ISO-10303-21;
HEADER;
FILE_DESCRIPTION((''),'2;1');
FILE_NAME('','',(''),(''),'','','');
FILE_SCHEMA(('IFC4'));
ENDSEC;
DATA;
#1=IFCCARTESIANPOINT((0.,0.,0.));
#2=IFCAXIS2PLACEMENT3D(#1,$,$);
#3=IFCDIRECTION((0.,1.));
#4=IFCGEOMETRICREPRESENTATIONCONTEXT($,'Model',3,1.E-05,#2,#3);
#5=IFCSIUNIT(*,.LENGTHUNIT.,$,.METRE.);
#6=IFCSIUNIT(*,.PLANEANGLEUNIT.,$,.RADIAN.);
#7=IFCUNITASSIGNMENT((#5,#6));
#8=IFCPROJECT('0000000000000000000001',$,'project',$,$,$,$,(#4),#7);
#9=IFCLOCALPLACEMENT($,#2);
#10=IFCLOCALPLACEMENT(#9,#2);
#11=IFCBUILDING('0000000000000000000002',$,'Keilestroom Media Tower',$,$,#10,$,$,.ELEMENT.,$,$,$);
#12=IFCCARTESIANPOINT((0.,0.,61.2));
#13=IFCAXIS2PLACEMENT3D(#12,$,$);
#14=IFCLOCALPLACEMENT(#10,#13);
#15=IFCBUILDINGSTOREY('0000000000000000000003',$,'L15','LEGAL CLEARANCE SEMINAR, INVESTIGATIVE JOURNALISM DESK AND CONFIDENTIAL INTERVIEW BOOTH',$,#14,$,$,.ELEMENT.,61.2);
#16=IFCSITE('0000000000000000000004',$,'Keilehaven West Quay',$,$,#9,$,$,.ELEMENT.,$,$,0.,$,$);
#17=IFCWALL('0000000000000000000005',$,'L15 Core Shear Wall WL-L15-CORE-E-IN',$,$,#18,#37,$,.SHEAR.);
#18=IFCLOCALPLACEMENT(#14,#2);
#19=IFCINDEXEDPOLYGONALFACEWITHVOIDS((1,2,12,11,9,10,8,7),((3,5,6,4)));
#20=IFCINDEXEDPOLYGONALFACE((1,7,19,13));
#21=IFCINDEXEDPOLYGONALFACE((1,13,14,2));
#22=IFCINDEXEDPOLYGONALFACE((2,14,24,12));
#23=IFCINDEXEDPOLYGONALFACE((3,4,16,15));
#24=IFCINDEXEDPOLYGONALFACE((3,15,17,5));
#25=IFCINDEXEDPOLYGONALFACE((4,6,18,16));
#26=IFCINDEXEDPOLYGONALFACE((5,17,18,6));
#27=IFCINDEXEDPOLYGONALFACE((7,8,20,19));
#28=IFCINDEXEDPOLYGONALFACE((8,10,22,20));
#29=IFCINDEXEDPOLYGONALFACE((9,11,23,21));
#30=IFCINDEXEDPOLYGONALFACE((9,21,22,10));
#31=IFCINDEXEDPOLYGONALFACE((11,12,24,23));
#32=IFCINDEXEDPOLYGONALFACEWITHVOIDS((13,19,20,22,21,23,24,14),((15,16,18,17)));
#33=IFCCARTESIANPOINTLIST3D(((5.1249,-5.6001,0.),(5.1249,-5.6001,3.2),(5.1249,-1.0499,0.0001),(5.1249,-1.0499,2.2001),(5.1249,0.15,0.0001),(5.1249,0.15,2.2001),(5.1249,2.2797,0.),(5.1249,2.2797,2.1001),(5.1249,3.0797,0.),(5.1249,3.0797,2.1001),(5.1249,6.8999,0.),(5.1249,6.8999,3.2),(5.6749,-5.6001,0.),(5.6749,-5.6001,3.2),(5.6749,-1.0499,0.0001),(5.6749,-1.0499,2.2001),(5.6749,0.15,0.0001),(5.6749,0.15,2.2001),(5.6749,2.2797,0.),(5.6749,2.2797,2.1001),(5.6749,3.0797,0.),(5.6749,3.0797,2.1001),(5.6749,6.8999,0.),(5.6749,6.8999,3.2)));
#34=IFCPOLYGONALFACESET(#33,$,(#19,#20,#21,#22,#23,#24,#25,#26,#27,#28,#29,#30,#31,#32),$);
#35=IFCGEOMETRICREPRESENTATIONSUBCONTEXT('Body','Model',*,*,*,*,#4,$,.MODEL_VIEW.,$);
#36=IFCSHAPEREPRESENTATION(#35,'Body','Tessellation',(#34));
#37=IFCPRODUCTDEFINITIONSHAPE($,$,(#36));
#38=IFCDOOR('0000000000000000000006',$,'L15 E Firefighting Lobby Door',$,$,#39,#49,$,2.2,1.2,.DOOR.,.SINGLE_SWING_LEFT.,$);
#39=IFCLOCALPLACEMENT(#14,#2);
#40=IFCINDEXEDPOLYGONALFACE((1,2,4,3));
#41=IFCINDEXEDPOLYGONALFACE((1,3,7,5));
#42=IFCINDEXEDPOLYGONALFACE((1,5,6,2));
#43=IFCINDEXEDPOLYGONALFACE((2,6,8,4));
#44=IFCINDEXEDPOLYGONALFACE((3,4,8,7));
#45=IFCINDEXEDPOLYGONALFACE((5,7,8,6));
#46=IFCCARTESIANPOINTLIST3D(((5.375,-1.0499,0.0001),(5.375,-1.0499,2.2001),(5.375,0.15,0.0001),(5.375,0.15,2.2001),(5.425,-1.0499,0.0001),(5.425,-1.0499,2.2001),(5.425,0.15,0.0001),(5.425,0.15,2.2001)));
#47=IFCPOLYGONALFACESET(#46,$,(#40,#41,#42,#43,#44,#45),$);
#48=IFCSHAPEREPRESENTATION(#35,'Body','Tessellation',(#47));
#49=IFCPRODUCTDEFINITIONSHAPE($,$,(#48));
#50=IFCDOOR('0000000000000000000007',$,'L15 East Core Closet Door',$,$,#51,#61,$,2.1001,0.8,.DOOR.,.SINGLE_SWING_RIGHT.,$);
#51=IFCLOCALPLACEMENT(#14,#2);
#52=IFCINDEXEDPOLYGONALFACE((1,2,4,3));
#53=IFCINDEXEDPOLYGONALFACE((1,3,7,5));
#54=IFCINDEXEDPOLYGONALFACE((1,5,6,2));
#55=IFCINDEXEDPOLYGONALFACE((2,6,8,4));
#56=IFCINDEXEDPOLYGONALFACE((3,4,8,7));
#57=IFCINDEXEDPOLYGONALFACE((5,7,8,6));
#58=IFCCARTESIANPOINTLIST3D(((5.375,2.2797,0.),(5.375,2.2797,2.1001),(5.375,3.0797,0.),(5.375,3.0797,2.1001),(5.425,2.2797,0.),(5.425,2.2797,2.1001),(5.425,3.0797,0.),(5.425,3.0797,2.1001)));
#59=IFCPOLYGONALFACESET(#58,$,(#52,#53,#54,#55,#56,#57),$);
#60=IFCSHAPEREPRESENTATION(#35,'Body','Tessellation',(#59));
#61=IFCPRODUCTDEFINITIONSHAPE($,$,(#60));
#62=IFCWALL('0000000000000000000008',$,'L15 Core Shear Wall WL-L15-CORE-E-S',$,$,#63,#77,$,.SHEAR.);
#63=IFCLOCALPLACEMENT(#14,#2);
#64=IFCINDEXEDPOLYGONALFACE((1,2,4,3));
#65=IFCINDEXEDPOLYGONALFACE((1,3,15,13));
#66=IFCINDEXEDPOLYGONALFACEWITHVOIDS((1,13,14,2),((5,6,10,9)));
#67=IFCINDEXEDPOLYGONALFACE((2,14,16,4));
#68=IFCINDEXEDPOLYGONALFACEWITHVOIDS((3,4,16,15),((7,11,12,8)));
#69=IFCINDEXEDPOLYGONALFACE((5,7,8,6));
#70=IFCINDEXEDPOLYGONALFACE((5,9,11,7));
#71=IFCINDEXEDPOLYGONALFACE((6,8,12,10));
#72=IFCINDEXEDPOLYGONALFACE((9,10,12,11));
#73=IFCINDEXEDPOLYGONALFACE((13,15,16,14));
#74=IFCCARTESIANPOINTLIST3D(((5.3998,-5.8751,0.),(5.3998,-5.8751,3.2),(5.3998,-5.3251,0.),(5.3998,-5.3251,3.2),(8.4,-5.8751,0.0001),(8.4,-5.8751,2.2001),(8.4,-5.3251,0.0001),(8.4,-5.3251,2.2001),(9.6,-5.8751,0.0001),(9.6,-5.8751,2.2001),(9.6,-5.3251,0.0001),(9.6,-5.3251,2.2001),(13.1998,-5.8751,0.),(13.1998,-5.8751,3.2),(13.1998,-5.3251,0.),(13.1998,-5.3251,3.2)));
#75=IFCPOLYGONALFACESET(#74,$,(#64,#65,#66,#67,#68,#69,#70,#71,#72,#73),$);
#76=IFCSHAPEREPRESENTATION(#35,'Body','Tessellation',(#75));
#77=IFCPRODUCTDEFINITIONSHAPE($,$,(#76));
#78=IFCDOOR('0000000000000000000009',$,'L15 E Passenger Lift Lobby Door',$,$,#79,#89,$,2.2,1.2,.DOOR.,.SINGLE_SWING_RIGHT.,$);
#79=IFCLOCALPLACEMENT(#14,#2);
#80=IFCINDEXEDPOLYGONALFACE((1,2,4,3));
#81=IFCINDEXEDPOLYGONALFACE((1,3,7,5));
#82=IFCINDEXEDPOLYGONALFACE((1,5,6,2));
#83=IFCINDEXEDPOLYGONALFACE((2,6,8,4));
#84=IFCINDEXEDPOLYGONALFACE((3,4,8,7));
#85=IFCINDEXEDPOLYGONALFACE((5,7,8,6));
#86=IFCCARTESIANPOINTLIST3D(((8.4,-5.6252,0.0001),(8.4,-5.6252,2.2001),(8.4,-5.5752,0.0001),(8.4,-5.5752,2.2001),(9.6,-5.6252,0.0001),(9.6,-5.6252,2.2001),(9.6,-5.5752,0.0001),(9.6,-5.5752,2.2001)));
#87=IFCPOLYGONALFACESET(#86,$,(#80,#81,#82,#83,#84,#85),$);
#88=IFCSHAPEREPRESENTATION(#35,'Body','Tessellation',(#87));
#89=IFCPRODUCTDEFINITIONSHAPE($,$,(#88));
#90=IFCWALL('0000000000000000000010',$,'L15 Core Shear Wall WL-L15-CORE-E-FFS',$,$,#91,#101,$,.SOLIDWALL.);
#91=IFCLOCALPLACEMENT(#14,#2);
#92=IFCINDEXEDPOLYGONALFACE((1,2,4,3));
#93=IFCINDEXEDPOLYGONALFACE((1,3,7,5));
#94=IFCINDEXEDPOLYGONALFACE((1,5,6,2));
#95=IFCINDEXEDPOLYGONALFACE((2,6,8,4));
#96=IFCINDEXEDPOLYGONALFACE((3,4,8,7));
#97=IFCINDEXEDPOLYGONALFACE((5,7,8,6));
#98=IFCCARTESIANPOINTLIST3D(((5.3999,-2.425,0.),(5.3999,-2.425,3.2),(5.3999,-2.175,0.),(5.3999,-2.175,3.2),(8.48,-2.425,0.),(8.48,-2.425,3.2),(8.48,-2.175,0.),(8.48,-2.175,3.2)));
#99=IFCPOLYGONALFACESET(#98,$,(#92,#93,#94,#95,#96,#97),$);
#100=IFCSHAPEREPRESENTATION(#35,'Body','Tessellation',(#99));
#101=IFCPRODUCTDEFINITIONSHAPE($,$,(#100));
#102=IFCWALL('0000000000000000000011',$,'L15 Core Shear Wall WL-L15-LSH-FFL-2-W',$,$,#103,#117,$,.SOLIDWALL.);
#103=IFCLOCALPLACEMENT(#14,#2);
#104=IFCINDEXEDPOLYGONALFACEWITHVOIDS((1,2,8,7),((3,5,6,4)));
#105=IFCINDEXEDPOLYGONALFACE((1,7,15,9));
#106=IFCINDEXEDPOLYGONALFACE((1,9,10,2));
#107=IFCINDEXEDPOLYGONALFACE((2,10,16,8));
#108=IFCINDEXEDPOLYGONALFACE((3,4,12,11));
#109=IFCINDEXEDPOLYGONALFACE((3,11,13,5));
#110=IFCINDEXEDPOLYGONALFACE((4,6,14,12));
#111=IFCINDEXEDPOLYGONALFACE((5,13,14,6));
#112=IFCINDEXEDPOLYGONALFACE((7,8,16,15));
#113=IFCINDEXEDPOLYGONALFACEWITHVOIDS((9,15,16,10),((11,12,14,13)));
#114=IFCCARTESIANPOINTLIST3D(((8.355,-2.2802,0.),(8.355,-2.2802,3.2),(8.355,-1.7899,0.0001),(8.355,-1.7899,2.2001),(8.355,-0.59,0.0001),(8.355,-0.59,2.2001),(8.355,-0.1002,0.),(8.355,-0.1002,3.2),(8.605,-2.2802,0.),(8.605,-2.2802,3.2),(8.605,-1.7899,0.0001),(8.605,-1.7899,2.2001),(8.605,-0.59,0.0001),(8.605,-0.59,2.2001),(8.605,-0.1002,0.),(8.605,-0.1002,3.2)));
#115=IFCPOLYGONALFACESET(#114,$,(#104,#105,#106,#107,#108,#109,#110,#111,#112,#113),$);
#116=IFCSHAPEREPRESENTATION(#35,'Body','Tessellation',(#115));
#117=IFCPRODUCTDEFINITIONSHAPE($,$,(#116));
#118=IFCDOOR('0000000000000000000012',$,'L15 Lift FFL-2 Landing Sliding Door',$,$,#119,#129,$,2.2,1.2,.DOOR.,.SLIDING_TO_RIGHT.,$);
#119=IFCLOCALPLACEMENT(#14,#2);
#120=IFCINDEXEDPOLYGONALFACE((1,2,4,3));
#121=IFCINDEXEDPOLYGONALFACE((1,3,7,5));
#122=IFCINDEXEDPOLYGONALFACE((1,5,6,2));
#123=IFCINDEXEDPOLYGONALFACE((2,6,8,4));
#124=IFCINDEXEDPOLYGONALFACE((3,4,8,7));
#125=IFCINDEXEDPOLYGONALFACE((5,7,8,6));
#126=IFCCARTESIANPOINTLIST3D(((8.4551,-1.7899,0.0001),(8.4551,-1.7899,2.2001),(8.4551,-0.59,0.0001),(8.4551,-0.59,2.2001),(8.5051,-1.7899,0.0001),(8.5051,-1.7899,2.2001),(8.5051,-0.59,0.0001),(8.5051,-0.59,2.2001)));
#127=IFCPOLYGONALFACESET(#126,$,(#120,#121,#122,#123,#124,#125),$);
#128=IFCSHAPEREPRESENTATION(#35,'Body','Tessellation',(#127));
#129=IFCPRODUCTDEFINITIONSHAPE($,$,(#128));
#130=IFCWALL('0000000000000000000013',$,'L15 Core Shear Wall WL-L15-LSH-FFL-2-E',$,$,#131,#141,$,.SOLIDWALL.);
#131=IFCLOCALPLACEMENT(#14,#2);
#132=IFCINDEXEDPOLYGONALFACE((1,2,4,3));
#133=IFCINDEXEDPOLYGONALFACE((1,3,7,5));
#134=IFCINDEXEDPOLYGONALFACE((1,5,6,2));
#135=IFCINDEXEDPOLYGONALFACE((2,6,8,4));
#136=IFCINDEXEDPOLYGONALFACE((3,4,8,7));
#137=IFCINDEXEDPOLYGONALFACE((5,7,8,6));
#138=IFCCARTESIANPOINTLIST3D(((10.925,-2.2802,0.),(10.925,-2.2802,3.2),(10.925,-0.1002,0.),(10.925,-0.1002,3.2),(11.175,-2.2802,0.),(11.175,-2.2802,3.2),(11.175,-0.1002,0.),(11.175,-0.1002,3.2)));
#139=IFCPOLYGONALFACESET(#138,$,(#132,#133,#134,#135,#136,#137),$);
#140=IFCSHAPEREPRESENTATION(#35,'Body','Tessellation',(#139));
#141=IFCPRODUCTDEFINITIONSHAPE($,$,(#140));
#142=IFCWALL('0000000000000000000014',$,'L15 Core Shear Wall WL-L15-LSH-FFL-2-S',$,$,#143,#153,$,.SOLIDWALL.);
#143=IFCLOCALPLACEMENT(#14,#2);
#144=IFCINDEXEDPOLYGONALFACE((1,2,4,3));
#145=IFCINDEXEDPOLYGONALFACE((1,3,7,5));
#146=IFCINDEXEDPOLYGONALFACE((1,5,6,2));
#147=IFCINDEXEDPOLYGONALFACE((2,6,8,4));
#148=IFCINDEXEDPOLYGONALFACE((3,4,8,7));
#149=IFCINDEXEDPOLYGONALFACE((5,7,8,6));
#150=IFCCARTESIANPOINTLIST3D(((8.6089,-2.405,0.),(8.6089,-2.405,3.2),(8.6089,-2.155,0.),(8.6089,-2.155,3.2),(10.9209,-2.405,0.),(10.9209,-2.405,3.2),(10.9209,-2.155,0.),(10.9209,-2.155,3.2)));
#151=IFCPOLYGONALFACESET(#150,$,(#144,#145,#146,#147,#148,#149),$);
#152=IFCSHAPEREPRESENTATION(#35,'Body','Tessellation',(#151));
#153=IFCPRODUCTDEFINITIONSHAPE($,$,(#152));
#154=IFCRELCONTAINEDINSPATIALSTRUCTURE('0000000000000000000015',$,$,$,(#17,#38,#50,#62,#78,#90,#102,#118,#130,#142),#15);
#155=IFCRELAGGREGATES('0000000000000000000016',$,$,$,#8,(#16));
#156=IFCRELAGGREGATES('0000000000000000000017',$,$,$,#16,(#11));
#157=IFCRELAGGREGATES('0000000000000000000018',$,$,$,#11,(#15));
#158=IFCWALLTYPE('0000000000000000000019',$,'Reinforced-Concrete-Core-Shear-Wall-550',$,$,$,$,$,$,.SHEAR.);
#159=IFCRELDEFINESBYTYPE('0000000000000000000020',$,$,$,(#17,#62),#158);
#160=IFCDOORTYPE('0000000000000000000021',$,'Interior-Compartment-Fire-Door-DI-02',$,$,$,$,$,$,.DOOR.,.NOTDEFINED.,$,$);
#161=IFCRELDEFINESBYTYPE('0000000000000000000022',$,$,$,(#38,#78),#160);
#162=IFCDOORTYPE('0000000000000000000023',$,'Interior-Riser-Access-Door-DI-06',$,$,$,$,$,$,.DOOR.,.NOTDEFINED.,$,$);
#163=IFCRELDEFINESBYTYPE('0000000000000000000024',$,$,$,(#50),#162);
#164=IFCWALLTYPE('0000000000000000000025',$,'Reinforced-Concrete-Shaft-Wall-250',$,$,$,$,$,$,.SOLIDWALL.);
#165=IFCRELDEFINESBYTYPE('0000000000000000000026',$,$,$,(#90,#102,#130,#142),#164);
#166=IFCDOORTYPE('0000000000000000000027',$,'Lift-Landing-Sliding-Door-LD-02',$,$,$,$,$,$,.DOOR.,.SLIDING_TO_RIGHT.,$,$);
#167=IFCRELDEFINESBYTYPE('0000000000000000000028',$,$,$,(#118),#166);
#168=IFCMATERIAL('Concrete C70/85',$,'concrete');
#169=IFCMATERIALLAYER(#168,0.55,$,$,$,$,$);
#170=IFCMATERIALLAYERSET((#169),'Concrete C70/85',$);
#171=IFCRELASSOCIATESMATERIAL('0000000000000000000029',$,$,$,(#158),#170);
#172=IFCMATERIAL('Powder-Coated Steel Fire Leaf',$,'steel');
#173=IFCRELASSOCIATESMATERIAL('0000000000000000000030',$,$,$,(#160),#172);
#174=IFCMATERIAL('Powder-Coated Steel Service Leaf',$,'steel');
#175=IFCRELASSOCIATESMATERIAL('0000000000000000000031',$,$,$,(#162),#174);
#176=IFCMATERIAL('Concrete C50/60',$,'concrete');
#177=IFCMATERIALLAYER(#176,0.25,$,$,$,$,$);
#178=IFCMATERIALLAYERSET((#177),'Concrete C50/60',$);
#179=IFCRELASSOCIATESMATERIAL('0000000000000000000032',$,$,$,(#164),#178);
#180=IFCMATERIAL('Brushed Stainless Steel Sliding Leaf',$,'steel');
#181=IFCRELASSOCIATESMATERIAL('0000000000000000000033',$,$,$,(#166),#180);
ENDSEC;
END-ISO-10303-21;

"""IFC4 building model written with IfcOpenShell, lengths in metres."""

from ifc_helpers import new_model, si_unit, direction, frame, frame_2d, origin, place, context, subcontext, project, spatial, rectangle, extrude, source, transform, mapped, material, layer, layer_set, type_object, element, fill, save


model = new_model("IFC4")

# Units and contexts
model_context = context("Model", 3, precision=1e-05, world=origin(), true_north=direction((0.0, 1.0)))
body_context = subcontext(model_context, "Body", "Model", "MODEL_VIEW")
ifc_project = project(units=[si_unit("LENGTHUNIT", "METRE"), si_unit("PLANEANGLEUNIT", "RADIAN")], contexts=[model_context])

# Site, building, storey
site_placement = place(None, origin())
site = spatial("IfcSite", under=ifc_project, at=site_placement, Name="Keilehaven West Quay", CompositionType="ELEMENT", RefElevation=0.0)
building_placement = place(site_placement, origin())
building = spatial("IfcBuilding", under=site, at=building_placement, Name="Keilestroom Media Tower", CompositionType="ELEMENT")
storey_placement = place(building_placement, frame((0.0, 0.0, 61.2)))
storey = spatial("IfcBuildingStorey", under=building, at=storey_placement, Name="L15", Description="LEGAL CLEARANCE SEMINAR, INVESTIGATIVE JOURNALISM DESK AND CONFIDENTIAL INTERVIEW BOOTH", CompositionType="ELEMENT", Elevation=61.2)

# Shared definitions
ifc_material_1 = material(Name="Concrete C70/85", Category="concrete")

# Wall, openings, doors
ifc_layer_1 = layer(ifc_material_1, 0.55)
ifc_layer_set_1 = layer_set([ifc_layer_1], Name="Concrete C70/85")
wall_type_1 = type_object("IfcWallType", Name="Reinforced-Concrete-Core-Shear-Wall-550", PredefinedType="SHEAR", material=ifc_layer_set_1)
wall_1_placement = place(storey_placement, frame((5.3999, -5.6001, 0.0), z_axis=(0.0, 0.0, 1.0), x_axis=(0.0, 1.0, 0.0)))
wall_1 = element("IfcWall", 1, at=wall_1_placement, inside=storey, type_object=wall_type_1, Name="L15 Core Shear Wall WL-L15-CORE-E-IN", PredefinedType="SHEAR", context=body_context, shape_type="SweptSolid", body=[
    extrude(rectangle(XDim=12.5, YDim=0.55, at=frame_2d((6.25, 0.0))), origin(), (0.0, 0.0, 1.0), 3.2),
])
opening_1_placement = place(wall_1_placement, frame((4.55, 0.0, 0.0)))
opening_1 = element("IfcOpeningElement", 2, at=opening_1_placement, cuts=wall_1, PredefinedType="OPENING", context=body_context, shape_type="SweptSolid", body=[
    extrude(rectangle(XDim=1.2, YDim=2.2, at=frame_2d((0.6001, 1.1001))), frame((0.0, 0.2852, 0.0), z_axis=(0.0, -1.0, 0.0), x_axis=(1.0, 0.0, 0.0)), (0.0, 0.0, 1.0), 0.5701),
])
opening_2_placement = place(wall_1_placement, frame((7.8799, 0.0, 0.0)))
opening_2 = element("IfcOpeningElement", 3, at=opening_2_placement, cuts=wall_1, PredefinedType="OPENING", context=body_context, shape_type="SweptSolid", body=[
    extrude(rectangle(XDim=0.8, YDim=2.1001, at=frame_2d((0.3999, 1.05))), frame((0.0, 0.2852, 0.0), z_axis=(0.0, -1.0, 0.0), x_axis=(1.0, 0.0, 0.0)), (0.0, 0.0, 1.0), 0.5701),
])
ifc_material_2 = material(Name="Powder-Coated Steel Fire Leaf", Category="steel")
door_type_1 = type_object("IfcDoorType", Name="Interior-Compartment-Fire-Door-DI-02", OperationType="NOTDEFINED", PredefinedType="DOOR", material=ifc_material_2)
shared_shape_1 = source(origin(), body_context, "Body", "SweptSolid", [
    extrude(rectangle(XDim=1.2, YDim=2.2, at=frame_2d((0.6001, 1.1001))), frame((0.0, 0.0249, 0.0), z_axis=(0.0, -1.0, 0.0), x_axis=(1.0, 0.0, 0.0)), (0.0, 0.0, 1.0), 0.05),
])
door_1_placement = place(opening_1_placement, origin())
door_1 = element("IfcDoor", 4, at=door_1_placement, inside=storey, type_object=door_type_1, Name="L15 E Firefighting Lobby Door", OperationType="SINGLE_SWING_LEFT", OverallHeight=2.2, OverallWidth=1.2, PredefinedType="DOOR", context=body_context, shape_type="MappedRepresentation", body=[
    mapped(shared_shape_1, transform((0.0, 0.0, 0.0), x_axis=(1.0, 0.0, 0.0), y_axis=(0.0, 1.0, 0.0), z_axis=(0.0, 0.0, 1.0), scale=1.0)),
])
fill(opening_1, door_1)
ifc_material_3 = material(Name="Powder-Coated Steel Service Leaf", Category="steel")
door_type_2 = type_object("IfcDoorType", Name="Interior-Riser-Access-Door-DI-06", OperationType="NOTDEFINED", PredefinedType="DOOR", material=ifc_material_3)
shared_shape_2 = source(origin(), body_context, "Body", "SweptSolid", [
    extrude(rectangle(XDim=0.8, YDim=2.1001, at=frame_2d((0.3999, 1.05))), frame((0.0, 0.0249, 0.0), z_axis=(0.0, -1.0, 0.0), x_axis=(1.0, 0.0, 0.0)), (0.0, 0.0, 1.0), 0.05),
])
door_2_placement = place(opening_2_placement, origin())
door_2 = element("IfcDoor", 5, at=door_2_placement, inside=storey, type_object=door_type_2, Name="L15 East Core Closet Door", OperationType="SINGLE_SWING_RIGHT", OverallHeight=2.1001, OverallWidth=0.8, PredefinedType="DOOR", context=body_context, shape_type="MappedRepresentation", body=[
    mapped(shared_shape_2, transform((0.0, 0.0, 0.0), x_axis=(1.0, 0.0, 0.0), y_axis=(0.0, 1.0, 0.0), z_axis=(0.0, 0.0, 1.0), scale=1.0)),
])
fill(opening_2, door_2)

# Wall, opening, door
wall_2_placement = place(storey_placement, frame((5.3999, -5.6001, 0.0), z_axis=(0.0, 0.0, 1.0), x_axis=(1.0, 0.0, 0.0)))
wall_2 = element("IfcWall", 6, at=wall_2_placement, inside=storey, type_object=wall_type_1, Name="L15 Core Shear Wall WL-L15-CORE-E-S", PredefinedType="SHEAR", context=body_context, shape_type="SweptSolid", body=[
    extrude(rectangle(XDim=7.8, YDim=0.55, at=frame_2d((3.8999, 0.0))), origin(), (0.0, 0.0, 1.0), 3.2),
])
opening_3_placement = place(wall_2_placement, frame((3.0, 0.0, 0.0)))
opening_3 = element("IfcOpeningElement", 7, at=opening_3_placement, cuts=wall_2, PredefinedType="OPENING", context=body_context, shape_type="SweptSolid", body=[
    extrude(rectangle(XDim=1.2, YDim=2.2, at=frame_2d((0.6001, 1.1001))), frame((0.0, 0.2852, 0.0), z_axis=(0.0, -1.0, 0.0), x_axis=(1.0, 0.0, 0.0)), (0.0, 0.0, 1.0), 0.5701),
])
door_3_placement = place(opening_3_placement, origin())
door_3 = element("IfcDoor", 8, at=door_3_placement, inside=storey, type_object=door_type_1, Name="L15 E Passenger Lift Lobby Door", OperationType="SINGLE_SWING_RIGHT", OverallHeight=2.2, OverallWidth=1.2, PredefinedType="DOOR", context=body_context, shape_type="MappedRepresentation", body=[
    mapped(shared_shape_1, transform((0.0, 0.0, 0.0), x_axis=(1.0, 0.0, 0.0), y_axis=(0.0, 1.0, 0.0), z_axis=(0.0, 0.0, 1.0), scale=1.0)),
])
fill(opening_3, door_3)

# Wall
ifc_material_4 = material(Name="Concrete C50/60", Category="concrete")
ifc_layer_2 = layer(ifc_material_4, 0.25)
ifc_layer_set_2 = layer_set([ifc_layer_2], Name="Concrete C50/60")
wall_type_2 = type_object("IfcWallType", Name="Reinforced-Concrete-Shaft-Wall-250", PredefinedType="SOLIDWALL", material=ifc_layer_set_2)
wall_3_placement = place(storey_placement, frame((5.3999, -2.3, 0.0), z_axis=(0.0, 0.0, 1.0), x_axis=(1.0, 0.0, 0.0)))
element("IfcWall", 9, at=wall_3_placement, inside=storey, type_object=wall_type_2, Name="L15 Core Shear Wall WL-L15-CORE-E-FFS", PredefinedType="SOLIDWALL", context=body_context, shape_type="SweptSolid", body=[
    extrude(rectangle(XDim=3.0801, YDim=0.25, at=frame_2d((1.54, 0.0))), origin(), (0.0, 0.0, 1.0), 3.2),
])

# Wall, opening, door
wall_4_placement = place(storey_placement, frame((8.48, -2.28, 0.0), z_axis=(0.0, 0.0, 1.0), x_axis=(0.0, 1.0, 0.0)))
wall_4 = element("IfcWall", 10, at=wall_4_placement, inside=storey, type_object=wall_type_2, Name="L15 Core Shear Wall WL-L15-LSH-FFL-2-W", PredefinedType="SOLIDWALL", context=body_context, shape_type="SweptSolid", body=[
    extrude(rectangle(XDim=2.1799, YDim=0.25, at=frame_2d((1.0898, 0.0))), origin(), (0.0, 0.0, 1.0), 3.2),
])
opening_4_placement = place(wall_4_placement, frame((0.49, 0.0, 0.0)))
opening_4 = element("IfcOpeningElement", 11, at=opening_4_placement, cuts=wall_4, PredefinedType="OPENING", context=body_context, shape_type="SweptSolid", body=[
    extrude(rectangle(XDim=1.2, YDim=2.2, at=frame_2d((0.6001, 1.1001))), frame((0.0, 0.135, 0.0), z_axis=(0.0, -1.0, 0.0), x_axis=(1.0, 0.0, 0.0)), (0.0, 0.0, 1.0), 0.27),
])
ifc_material_5 = material(Name="Brushed Stainless Steel Sliding Leaf", Category="steel")
door_type_3 = type_object("IfcDoorType", Name="Lift-Landing-Sliding-Door-LD-02", OperationType="SLIDING_TO_RIGHT", PredefinedType="DOOR", material=ifc_material_5)
door_4_placement = place(opening_4_placement, origin())
door_4 = element("IfcDoor", 12, at=door_4_placement, inside=storey, type_object=door_type_3, Name="L15 Lift FFL-2 Landing Sliding Door", OperationType="SLIDING_TO_RIGHT", OverallHeight=2.2, OverallWidth=1.2, PredefinedType="DOOR", context=body_context, shape_type="MappedRepresentation", body=[
    mapped(shared_shape_1, transform((0.0, 0.0, 0.0), x_axis=(1.0, 0.0, 0.0), y_axis=(0.0, 1.0, 0.0), z_axis=(0.0, 0.0, 1.0), scale=1.0)),
])
fill(opening_4, door_4)

# Walls
wall_5_placement = place(storey_placement, frame((11.05, -2.28, 0.0), z_axis=(0.0, 0.0, 1.0), x_axis=(0.0, 1.0, 0.0)))
element("IfcWall", 13, at=wall_5_placement, inside=storey, type_object=wall_type_2, Name="L15 Core Shear Wall WL-L15-LSH-FFL-2-E", PredefinedType="SOLIDWALL", context=body_context, shape_type="SweptSolid", body=[
    extrude(rectangle(XDim=2.1799, YDim=0.25, at=frame_2d((1.0898, 0.0))), origin(), (0.0, 0.0, 1.0), 3.2),
])
wall_6_placement = place(storey_placement, frame((8.6089, -2.28, 0.0), z_axis=(0.0, 0.0, 1.0), x_axis=(1.0, 0.0, 0.0)))
element("IfcWall", 14, at=wall_6_placement, inside=storey, type_object=wall_type_2, Name="L15 Core Shear Wall WL-L15-LSH-FFL-2-S", PredefinedType="SOLIDWALL", context=body_context, shape_type="SweptSolid", body=[
    extrude(rectangle(XDim=2.312, YDim=0.25, at=frame_2d((1.156, 0.0))), origin(), (0.0, 0.0, 1.0), 3.2),
])

save(model, "model.ifc")
